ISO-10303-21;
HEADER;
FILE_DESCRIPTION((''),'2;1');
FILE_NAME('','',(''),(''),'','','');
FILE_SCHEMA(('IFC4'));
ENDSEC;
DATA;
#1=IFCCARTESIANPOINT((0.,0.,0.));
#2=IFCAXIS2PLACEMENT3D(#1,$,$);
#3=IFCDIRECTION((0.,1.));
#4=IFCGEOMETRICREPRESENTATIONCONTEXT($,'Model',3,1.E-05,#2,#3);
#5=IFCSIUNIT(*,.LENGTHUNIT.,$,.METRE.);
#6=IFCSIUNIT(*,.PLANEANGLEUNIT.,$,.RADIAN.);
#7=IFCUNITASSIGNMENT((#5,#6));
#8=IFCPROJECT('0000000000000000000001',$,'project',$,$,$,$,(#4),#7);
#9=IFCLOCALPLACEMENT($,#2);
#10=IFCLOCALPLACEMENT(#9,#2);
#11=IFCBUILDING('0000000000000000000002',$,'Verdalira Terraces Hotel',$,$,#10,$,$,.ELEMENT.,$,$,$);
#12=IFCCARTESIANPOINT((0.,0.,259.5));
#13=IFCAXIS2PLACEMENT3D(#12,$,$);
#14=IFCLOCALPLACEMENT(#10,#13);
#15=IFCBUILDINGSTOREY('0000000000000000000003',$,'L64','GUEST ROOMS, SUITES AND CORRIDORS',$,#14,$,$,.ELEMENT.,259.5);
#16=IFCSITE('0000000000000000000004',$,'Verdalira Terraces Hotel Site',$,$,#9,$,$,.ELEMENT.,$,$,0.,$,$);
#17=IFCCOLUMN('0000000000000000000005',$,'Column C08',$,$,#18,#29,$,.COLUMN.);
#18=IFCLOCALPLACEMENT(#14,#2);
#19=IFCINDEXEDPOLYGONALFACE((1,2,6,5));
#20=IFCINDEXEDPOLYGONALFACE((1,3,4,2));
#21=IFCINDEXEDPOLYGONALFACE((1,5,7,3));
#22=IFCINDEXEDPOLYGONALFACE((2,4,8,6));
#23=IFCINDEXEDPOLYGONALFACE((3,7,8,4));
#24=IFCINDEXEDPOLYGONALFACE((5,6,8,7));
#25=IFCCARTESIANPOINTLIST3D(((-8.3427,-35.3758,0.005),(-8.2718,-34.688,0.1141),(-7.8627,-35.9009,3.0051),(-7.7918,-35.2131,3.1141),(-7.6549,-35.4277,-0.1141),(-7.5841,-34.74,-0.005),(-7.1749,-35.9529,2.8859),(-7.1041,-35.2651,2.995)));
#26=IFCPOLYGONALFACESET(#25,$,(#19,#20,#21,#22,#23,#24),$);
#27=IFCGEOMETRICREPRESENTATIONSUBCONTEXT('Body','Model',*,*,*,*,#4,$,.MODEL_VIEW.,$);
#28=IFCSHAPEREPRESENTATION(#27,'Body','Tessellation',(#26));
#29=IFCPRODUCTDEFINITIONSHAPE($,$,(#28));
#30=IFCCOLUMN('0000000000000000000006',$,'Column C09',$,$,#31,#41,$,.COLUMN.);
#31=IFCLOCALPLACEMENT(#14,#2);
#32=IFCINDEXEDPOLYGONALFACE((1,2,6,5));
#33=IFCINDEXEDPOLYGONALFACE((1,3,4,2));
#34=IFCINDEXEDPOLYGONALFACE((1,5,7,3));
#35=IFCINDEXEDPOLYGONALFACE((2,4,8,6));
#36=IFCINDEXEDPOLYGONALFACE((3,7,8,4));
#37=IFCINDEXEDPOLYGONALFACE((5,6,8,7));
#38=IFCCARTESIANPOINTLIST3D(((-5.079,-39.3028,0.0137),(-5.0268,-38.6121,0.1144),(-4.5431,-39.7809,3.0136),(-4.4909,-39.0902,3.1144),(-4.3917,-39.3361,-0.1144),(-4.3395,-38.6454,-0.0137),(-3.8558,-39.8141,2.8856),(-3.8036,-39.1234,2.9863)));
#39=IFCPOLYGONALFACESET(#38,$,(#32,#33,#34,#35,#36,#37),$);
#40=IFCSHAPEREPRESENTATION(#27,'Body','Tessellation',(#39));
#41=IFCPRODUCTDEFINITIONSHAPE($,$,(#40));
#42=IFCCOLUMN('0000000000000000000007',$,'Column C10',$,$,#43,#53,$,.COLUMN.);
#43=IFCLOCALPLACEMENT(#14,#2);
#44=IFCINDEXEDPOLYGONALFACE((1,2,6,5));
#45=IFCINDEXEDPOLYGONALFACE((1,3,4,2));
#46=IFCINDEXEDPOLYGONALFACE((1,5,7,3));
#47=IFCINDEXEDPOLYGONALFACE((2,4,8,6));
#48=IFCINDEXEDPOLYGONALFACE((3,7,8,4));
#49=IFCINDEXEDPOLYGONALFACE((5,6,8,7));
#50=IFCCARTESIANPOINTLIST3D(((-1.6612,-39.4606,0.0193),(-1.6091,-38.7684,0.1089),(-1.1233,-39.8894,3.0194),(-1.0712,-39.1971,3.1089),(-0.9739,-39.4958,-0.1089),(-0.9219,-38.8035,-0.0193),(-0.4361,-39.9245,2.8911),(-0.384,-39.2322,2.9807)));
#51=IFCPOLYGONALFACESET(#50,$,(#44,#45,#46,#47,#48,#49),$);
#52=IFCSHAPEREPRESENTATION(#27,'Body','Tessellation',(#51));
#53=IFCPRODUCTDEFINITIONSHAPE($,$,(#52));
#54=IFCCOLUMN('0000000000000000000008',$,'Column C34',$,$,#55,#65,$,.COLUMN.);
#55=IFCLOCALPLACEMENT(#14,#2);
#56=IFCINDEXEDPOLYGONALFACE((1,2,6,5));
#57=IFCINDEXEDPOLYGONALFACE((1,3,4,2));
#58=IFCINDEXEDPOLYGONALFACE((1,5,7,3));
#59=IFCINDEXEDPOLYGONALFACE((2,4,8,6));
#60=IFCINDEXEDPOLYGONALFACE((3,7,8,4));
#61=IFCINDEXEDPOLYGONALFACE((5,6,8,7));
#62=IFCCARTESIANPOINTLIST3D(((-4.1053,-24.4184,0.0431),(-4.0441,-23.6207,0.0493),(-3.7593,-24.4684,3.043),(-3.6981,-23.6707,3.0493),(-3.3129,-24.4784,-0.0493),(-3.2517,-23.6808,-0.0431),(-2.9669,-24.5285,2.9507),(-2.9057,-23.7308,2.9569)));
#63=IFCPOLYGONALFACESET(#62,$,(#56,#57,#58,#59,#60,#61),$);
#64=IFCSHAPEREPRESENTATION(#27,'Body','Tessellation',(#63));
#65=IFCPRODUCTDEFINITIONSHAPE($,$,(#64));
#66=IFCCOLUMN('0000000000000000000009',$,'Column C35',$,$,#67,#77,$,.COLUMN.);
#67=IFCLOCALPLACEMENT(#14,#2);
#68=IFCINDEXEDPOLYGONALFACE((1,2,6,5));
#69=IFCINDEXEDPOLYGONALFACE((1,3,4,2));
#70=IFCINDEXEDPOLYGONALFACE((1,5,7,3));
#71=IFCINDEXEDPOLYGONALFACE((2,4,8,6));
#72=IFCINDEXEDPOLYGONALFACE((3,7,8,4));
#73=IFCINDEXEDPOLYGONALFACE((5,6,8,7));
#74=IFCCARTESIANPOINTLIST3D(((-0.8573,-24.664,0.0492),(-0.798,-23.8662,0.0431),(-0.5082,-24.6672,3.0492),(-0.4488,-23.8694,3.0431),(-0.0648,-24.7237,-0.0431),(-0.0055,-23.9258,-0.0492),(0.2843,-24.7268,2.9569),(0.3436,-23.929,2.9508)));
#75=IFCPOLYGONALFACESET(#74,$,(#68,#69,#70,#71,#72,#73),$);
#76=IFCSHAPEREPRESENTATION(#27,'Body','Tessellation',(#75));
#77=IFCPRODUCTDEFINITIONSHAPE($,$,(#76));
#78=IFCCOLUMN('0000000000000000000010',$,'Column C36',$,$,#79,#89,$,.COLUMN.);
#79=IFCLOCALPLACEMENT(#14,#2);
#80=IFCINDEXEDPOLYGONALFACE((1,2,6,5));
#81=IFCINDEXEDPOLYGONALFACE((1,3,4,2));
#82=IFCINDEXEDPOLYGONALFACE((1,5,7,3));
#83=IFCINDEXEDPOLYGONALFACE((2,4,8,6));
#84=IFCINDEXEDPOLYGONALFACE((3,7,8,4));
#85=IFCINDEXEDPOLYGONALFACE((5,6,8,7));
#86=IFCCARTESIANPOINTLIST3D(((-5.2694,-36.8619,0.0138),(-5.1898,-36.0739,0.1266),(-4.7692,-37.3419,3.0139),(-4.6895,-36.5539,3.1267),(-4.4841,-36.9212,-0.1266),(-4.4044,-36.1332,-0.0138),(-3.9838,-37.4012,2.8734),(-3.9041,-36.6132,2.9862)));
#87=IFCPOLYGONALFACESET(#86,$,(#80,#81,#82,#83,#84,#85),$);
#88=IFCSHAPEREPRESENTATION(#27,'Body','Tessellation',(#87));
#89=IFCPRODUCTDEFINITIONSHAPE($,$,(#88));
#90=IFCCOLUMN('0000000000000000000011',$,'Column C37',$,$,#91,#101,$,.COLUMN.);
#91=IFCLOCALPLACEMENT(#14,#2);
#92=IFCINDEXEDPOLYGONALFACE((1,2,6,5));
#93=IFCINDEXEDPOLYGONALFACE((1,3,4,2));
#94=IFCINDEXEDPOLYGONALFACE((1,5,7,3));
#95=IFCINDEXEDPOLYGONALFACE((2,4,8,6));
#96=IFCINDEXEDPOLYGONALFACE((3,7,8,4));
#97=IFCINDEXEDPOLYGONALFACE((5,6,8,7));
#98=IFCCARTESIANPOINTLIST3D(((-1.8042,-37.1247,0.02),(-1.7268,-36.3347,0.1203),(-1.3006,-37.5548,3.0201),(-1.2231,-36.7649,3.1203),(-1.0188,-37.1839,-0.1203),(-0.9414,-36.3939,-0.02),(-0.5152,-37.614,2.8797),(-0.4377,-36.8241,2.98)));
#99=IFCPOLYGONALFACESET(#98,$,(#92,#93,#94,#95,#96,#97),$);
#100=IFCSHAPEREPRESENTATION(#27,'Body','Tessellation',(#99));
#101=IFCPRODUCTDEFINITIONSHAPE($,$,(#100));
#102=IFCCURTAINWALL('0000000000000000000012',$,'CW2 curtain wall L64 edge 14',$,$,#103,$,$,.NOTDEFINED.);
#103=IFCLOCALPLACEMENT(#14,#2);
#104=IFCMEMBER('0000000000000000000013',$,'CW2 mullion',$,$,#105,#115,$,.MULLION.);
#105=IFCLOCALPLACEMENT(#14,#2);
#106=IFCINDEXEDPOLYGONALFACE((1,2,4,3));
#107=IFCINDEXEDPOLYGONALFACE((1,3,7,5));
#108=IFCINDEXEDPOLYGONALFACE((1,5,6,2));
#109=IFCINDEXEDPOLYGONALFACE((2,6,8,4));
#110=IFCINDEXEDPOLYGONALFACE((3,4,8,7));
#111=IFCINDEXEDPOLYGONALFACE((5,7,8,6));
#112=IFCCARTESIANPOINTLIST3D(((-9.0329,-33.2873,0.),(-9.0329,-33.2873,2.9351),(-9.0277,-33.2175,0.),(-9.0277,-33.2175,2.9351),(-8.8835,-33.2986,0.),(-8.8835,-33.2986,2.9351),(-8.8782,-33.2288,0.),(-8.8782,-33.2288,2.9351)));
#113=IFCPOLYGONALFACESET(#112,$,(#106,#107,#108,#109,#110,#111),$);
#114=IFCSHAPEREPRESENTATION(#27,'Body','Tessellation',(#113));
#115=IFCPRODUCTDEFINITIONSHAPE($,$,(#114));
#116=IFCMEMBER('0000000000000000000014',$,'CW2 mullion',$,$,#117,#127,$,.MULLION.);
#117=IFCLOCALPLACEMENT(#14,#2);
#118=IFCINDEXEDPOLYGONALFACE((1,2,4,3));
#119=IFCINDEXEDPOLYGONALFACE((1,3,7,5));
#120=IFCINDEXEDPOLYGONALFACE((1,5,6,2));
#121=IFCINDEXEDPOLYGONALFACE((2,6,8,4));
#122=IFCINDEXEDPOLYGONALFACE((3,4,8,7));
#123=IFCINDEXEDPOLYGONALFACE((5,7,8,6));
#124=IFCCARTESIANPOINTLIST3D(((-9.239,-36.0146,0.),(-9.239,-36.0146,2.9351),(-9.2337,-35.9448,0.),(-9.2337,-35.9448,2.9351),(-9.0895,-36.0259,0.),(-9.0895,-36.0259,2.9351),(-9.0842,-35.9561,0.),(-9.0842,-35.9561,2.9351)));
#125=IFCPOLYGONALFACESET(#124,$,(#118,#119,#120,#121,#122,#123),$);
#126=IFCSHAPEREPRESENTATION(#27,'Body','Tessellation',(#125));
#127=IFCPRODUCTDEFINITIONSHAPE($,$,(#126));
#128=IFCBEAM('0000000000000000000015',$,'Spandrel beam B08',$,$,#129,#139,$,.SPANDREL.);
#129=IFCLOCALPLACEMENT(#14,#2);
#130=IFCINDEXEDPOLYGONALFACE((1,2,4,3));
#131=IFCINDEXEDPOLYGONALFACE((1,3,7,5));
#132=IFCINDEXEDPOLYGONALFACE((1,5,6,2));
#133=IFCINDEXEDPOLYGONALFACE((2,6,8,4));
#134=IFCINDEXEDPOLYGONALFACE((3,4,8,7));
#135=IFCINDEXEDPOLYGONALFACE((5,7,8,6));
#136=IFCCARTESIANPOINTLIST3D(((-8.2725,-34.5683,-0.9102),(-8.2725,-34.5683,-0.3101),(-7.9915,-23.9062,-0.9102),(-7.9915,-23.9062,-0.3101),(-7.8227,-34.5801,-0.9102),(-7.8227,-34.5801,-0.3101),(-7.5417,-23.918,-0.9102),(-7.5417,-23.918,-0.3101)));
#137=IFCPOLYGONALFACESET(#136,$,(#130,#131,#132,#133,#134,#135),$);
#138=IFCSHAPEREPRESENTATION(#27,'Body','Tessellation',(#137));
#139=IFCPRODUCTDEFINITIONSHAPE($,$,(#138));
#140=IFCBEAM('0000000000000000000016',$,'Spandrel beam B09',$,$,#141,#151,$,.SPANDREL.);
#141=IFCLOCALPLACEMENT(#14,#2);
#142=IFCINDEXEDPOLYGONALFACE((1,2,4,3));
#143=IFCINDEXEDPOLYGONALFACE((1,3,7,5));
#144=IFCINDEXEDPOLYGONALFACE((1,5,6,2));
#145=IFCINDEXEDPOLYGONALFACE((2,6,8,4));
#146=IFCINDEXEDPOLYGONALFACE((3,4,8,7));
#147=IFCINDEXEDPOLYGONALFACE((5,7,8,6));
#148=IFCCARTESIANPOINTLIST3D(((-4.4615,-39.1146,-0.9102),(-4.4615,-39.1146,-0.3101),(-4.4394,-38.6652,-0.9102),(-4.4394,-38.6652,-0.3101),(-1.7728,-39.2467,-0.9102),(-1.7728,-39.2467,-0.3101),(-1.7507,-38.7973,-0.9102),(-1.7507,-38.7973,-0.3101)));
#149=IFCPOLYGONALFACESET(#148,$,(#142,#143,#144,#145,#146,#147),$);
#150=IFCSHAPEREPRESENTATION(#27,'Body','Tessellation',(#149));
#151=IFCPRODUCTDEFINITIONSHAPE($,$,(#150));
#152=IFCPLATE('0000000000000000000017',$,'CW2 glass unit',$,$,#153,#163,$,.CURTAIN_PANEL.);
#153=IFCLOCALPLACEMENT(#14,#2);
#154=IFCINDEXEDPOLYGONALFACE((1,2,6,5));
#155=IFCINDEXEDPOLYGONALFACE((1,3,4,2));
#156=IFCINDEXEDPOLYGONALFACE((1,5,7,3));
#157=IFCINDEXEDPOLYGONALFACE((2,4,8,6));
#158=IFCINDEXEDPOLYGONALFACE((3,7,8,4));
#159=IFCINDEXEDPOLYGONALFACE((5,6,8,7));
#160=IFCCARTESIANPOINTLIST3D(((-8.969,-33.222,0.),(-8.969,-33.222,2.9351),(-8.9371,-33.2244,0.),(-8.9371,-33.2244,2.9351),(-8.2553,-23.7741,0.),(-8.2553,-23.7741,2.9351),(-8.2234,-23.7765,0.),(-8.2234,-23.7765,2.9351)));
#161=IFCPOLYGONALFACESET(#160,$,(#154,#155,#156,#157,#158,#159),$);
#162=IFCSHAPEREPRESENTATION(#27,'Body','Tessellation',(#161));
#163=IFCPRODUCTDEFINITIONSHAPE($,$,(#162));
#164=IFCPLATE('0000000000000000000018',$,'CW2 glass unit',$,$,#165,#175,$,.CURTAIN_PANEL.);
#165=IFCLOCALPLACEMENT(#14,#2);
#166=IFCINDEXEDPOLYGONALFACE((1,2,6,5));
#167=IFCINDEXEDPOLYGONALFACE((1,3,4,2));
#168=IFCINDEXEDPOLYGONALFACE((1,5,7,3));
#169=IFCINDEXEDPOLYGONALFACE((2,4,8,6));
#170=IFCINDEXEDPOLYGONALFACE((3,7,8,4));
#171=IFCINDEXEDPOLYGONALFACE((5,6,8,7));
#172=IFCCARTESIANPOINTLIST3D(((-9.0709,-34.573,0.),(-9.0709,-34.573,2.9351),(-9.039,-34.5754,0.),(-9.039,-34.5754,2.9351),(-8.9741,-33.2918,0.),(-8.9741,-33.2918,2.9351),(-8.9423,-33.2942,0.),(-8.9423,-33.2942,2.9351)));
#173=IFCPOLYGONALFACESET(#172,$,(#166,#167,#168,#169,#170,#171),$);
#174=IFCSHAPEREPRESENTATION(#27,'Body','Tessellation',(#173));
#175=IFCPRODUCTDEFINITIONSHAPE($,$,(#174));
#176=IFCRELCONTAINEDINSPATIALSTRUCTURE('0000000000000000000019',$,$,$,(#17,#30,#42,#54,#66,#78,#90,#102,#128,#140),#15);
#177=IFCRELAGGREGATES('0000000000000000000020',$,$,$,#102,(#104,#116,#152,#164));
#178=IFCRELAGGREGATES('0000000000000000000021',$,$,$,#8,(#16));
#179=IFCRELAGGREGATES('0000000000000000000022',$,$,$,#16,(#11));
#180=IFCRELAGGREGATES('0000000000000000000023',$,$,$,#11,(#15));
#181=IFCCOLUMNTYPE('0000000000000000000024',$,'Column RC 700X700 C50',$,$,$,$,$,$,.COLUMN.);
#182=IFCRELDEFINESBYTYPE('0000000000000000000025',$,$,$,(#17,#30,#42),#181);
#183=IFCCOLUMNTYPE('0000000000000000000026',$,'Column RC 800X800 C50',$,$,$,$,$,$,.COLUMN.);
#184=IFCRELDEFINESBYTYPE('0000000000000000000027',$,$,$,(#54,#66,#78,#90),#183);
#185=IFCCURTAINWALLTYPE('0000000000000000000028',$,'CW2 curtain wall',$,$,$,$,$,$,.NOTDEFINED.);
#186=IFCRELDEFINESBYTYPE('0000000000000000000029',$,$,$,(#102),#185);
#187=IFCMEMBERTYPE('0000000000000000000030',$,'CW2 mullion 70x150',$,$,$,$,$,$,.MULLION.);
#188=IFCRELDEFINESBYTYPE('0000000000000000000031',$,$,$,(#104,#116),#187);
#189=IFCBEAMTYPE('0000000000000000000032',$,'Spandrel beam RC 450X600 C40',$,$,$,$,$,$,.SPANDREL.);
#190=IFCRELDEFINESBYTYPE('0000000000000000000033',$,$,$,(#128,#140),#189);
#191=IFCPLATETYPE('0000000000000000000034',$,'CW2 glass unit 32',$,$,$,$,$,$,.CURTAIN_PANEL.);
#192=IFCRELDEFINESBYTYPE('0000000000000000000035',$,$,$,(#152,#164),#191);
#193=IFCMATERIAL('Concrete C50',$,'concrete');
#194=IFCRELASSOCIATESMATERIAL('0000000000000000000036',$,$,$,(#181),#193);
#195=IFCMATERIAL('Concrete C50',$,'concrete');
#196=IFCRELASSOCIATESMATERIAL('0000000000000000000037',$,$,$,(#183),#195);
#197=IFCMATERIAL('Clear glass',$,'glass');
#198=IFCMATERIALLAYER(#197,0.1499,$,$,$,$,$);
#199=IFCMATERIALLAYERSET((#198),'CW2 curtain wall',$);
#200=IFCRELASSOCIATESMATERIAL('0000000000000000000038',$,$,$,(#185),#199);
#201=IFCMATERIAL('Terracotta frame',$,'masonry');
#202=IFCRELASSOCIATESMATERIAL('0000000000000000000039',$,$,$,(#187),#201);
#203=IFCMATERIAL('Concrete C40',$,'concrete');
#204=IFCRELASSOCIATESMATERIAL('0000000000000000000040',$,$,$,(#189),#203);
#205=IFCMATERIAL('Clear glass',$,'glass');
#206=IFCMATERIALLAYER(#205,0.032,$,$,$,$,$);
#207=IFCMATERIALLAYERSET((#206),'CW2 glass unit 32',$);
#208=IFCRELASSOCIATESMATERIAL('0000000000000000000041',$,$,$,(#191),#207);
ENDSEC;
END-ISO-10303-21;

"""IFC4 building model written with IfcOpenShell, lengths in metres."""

from ifc_helpers import new_model, si_unit, direction, frame, origin, origin_2d, place, context, subcontext, project, spatial, rectangle, extrude, material, layer, layer_set, material_profile, profile_set, type_object, element, aggregate, save


model = new_model("IFC4")

# Units and contexts
model_context = context("Model", 3, precision=1e-05, world=origin(), true_north=direction((0.0, 1.0)))
body_context = subcontext(model_context, "Body", "Model", "MODEL_VIEW")
ifc_project = project(units=[si_unit("LENGTHUNIT", "METRE"), si_unit("PLANEANGLEUNIT", "RADIAN")], contexts=[model_context])

# Site, building, storey
site_placement = place(None, origin())
site = spatial("IfcSite", under=ifc_project, at=site_placement, Name="Verdalira Terraces Hotel Site", CompositionType="ELEMENT", RefElevation=0.0)
building_placement = place(site_placement, origin())
building = spatial("IfcBuilding", under=site, at=building_placement, Name="Verdalira Terraces Hotel", CompositionType="ELEMENT")
storey_placement = place(building_placement, frame((0.0, 0.0, 259.5)))
storey = spatial("IfcBuildingStorey", under=building, at=storey_placement, Name="L64", Description="GUEST ROOMS, SUITES AND CORRIDORS", CompositionType="ELEMENT", Elevation=259.5)

# Columns
ifc_material_1 = material(Name="Concrete C50", Category="concrete")
ifc_material_profile_1 = material_profile(ifc_material_1, rectangle(XDim=0.7, YDim=0.7, at=origin_2d()), Name="RC 700X700")
ifc_profile_set_1 = profile_set([ifc_material_profile_1], Name="Concrete C50")
column_type_1 = type_object("IfcColumnType", Name="Column RC 700X700 C50", PredefinedType="COLUMN", material=ifc_profile_set_1)
column_1_placement = place(storey_placement, frame((-7.9634, -35.0579, 0.0), z_axis=(0.155676, -0.170325, 0.973013), x_axis=(-0.101245, -0.982586, -0.155802)))
element("IfcColumn", 1, at=column_1_placement, inside=storey, type_object=column_type_1, Name="Column C08", PredefinedType="COLUMN", context=body_context, shape_type="SweptSolid", body=[
    extrude(rectangle(XDim=0.7, YDim=0.7, at=origin_2d()), origin(), (0.0, 0.0, 1.0), 3.0833),
])
column_2_placement = place(storey_placement, frame((-4.7092, -38.9741, 0.0), z_axis=(0.173722, -0.154965, 0.972526), x_axis=(0.981966, -0.047543, -0.182984)))
element("IfcColumn", 2, at=column_2_placement, inside=storey, type_object=column_type_1, Name="Column C09", PredefinedType="COLUMN", context=body_context, shape_type="SweptSolid", body=[
    extrude(rectangle(XDim=0.7, YDim=0.7, at=origin_2d()), origin(), (0.0, 0.0, 1.0), 3.0847),
])
column_3_placement = place(storey_placement, frame((-1.2915, -39.1321, 0.0), z_axis=(0.174747, -0.13929, 0.974711), x_axis=(0.981796, -0.050184, -0.183188)))
element("IfcColumn", 3, at=column_3_placement, inside=storey, type_object=column_type_1, Name="Column C10", PredefinedType="COLUMN", context=body_context, shape_type="SweptSolid", body=[
    extrude(rectangle(XDim=0.7, YDim=0.7, at=origin_2d()), origin(), (0.0, 0.0, 1.0), 3.0779),
])
ifc_material_2 = material(Name="Concrete C50", Category="concrete")
ifc_material_profile_2 = material_profile(ifc_material_2, rectangle(XDim=0.8, YDim=0.8, at=origin_2d()), Name="RC 800X800")
ifc_profile_set_2 = profile_set([ifc_material_profile_2], Name="Concrete C50")
column_type_2 = type_object("IfcColumnType", Name="Column RC 800X800 C50", PredefinedType="COLUMN", material=ifc_profile_set_2)
for number, where, z_axis, x_axis, name in (
    (4, (-3.6785, -24.0496, 0.0), (0.114541, -0.016571, 0.99328), (-0.076504, -0.997039, -0.007811), "Column C34"),
    (5, (-0.4314, -24.2949, 0.0), (0.115594, -0.001051, 0.993296), (-0.074166, -0.997217, 0.007576), "Column C35"),
):
    element("IfcColumn", number, at=place(storey_placement, frame(where, z_axis=z_axis, x_axis=x_axis)), inside=storey, type_object=column_type_2, Name=name, PredefinedType="COLUMN", context=body_context, shape_type="SweptSolid", body=[
        extrude(rectangle(XDim=0.8, YDim=0.8, at=origin_2d()), origin(), (0.0, 0.0, 1.0), 3.0203),
    ])
column_4_placement = place(storey_placement, frame((-4.8369, -36.4976, 0.0), z_axis=(0.162466, -0.155885, 0.974323), x_axis=(-0.099584, -0.98499, -0.140987)))
element("IfcColumn", 6, at=column_4_placement, inside=storey, type_object=column_type_2, Name="Column C36", PredefinedType="COLUMN", context=body_context, shape_type="SweptSolid", body=[
    extrude(rectangle(XDim=0.8, YDim=0.8, at=origin_2d()), origin(), (0.0, 0.0, 1.0), 3.0791),
])
column_5_placement = place(storey_placement, frame((-1.3728, -36.7593, 0.0), z_axis=(0.163939, -0.14002, 0.976483), x_axis=(-0.096824, -0.98738, -0.125327)))
element("IfcColumn", 7, at=column_5_placement, inside=storey, type_object=column_type_2, Name="Column C37", PredefinedType="COLUMN", context=body_context, shape_type="SweptSolid", body=[
    extrude(rectangle(XDim=0.8, YDim=0.8, at=origin_2d()), origin(), (0.0, 0.0, 1.0), 3.0723),
])

# Curtain wall, members
ifc_material_3 = material(Name="Clear glass", Category="glass")
ifc_layer_1 = layer(ifc_material_3, 0.1499)
ifc_layer_set_1 = layer_set([ifc_layer_1], Name="CW2 curtain wall")
curtain_wall_type = type_object("IfcCurtainWallType", Name="CW2 curtain wall", PredefinedType="NOTDEFINED", material=ifc_layer_set_1)
curtain_wall_placement = place(storey_placement, origin())
curtain_wall = element("IfcCurtainWall", 8, at=curtain_wall_placement, inside=storey, type_object=curtain_wall_type, Name="CW2 curtain wall L64 edge 14", PredefinedType="NOTDEFINED")
ifc_material_4 = material(Name="Terracotta frame", Category="masonry")
ifc_material_profile_3 = material_profile(ifc_material_4, rectangle(XDim=0.0701, YDim=0.1499, at=origin_2d()), Name="MU 70x150")
ifc_profile_set_3 = profile_set([ifc_material_profile_3], Name="Terracotta frame")
member_type = type_object("IfcMemberType", Name="CW2 mullion 70x150", PredefinedType="MULLION", material=ifc_profile_set_3)
member_1_placement = place(storey_placement, frame((-8.9556, -33.2581, 0.0), z_axis=(0.0, 0.0, 1.0), x_axis=(-0.075327, -0.997159, 0.0)))
member_1 = element("IfcMember", 9, at=member_1_placement, type_object=member_type, Name="CW2 mullion", PredefinedType="MULLION", context=body_context, shape_type="SweptSolid", body=[
    extrude(rectangle(XDim=0.0701, YDim=0.1499, at=origin_2d()), origin(), (0.0, 0.0, 1.0), 2.9351),
])
member_2_placement = place(storey_placement, frame((-9.1616, -35.9854, 0.0), z_axis=(0.0, 0.0, 1.0), x_axis=(-0.075327, -0.997159, 0.0)))
member_2 = element("IfcMember", 10, at=member_2_placement, type_object=member_type, Name="CW2 mullion", PredefinedType="MULLION", context=body_context, shape_type="SweptSolid", body=[
    extrude(rectangle(XDim=0.0701, YDim=0.1499, at=origin_2d()), origin(), (0.0, 0.0, 1.0), 2.9351),
])

# Beams
ifc_material_5 = material(Name="Concrete C40", Category="concrete")
ifc_material_profile_4 = material_profile(ifc_material_5, rectangle(XDim=0.45, YDim=0.6001, at=origin_2d()), Name="RC 450X600")
ifc_profile_set_4 = profile_set([ifc_material_profile_4], Name="Concrete C40")
beam_type = type_object("IfcBeamType", Name="Spandrel beam RC 450X600 C40", PredefinedType="SPANDREL", material=ifc_profile_set_4)
beam_1_placement = place(storey_placement, frame((-7.7666, -23.9121, -0.6101), z_axis=(-0.026346, -0.999653, 0.0), x_axis=(0.999653, -0.026346, 0.0)))
element("IfcBeam", 11, at=beam_1_placement, inside=storey, type_object=beam_type, Name="Spandrel beam B08", PredefinedType="SPANDREL", context=body_context, shape_type="SweptSolid", body=[
    extrude(rectangle(XDim=0.45, YDim=0.6001, at=origin_2d()), origin(), (0.0, 0.0, 1.0), 10.6658),
])
beam_2_placement = place(storey_placement, frame((-4.4504, -38.8899, -0.6101), z_axis=(0.998796, -0.049065, 0.0), x_axis=(0.049065, 0.998796, 0.0)))
element("IfcBeam", 12, at=beam_2_placement, inside=storey, type_object=beam_type, Name="Spandrel beam B09", PredefinedType="SPANDREL", context=body_context, shape_type="SweptSolid", body=[
    extrude(rectangle(XDim=0.45, YDim=0.6001, at=origin_2d()), origin(), (0.0, 0.0, 1.0), 2.6919),
])

# Plates
ifc_material_6 = material(Name="Clear glass", Category="glass")
ifc_layer_2 = layer(ifc_material_6, 0.032)
ifc_layer_set_2 = layer_set([ifc_layer_2], Name="CW2 glass unit 32")
plate_type = type_object("IfcPlateType", Name="CW2 glass unit 32", PredefinedType="CURTAIN_PANEL", material=ifc_layer_set_2)
plate_1_placement = place(storey_placement, frame((-8.5962, -28.4993, 0.0), z_axis=(0.0, 0.0, 1.0), x_axis=(-0.075327, -0.997159, 0.0)))
plate_1 = element("IfcPlate", 13, at=plate_1_placement, type_object=plate_type, Name="CW2 glass unit", PredefinedType="CURTAIN_PANEL", context=body_context, shape_type="SweptSolid", body=[
    extrude(rectangle(XDim=9.4749, YDim=0.032, at=origin_2d()), origin(), (0.0, 0.0, 1.0), 2.9351),
])
plate_2_placement = place(storey_placement, frame((-9.0066, -33.9336, 0.0), z_axis=(0.0, 0.0, 1.0), x_axis=(-0.075327, -0.997159, 0.0)))
plate_2 = element("IfcPlate", 14, at=plate_2_placement, type_object=plate_type, Name="CW2 glass unit", PredefinedType="CURTAIN_PANEL", context=body_context, shape_type="SweptSolid", body=[
    extrude(rectangle(XDim=1.2849, YDim=0.032, at=origin_2d()), origin(), (0.0, 0.0, 1.0), 2.9351),
])
aggregate(curtain_wall, [member_1, member_2, plate_1, plate_2])

save(model, "model.ifc")
